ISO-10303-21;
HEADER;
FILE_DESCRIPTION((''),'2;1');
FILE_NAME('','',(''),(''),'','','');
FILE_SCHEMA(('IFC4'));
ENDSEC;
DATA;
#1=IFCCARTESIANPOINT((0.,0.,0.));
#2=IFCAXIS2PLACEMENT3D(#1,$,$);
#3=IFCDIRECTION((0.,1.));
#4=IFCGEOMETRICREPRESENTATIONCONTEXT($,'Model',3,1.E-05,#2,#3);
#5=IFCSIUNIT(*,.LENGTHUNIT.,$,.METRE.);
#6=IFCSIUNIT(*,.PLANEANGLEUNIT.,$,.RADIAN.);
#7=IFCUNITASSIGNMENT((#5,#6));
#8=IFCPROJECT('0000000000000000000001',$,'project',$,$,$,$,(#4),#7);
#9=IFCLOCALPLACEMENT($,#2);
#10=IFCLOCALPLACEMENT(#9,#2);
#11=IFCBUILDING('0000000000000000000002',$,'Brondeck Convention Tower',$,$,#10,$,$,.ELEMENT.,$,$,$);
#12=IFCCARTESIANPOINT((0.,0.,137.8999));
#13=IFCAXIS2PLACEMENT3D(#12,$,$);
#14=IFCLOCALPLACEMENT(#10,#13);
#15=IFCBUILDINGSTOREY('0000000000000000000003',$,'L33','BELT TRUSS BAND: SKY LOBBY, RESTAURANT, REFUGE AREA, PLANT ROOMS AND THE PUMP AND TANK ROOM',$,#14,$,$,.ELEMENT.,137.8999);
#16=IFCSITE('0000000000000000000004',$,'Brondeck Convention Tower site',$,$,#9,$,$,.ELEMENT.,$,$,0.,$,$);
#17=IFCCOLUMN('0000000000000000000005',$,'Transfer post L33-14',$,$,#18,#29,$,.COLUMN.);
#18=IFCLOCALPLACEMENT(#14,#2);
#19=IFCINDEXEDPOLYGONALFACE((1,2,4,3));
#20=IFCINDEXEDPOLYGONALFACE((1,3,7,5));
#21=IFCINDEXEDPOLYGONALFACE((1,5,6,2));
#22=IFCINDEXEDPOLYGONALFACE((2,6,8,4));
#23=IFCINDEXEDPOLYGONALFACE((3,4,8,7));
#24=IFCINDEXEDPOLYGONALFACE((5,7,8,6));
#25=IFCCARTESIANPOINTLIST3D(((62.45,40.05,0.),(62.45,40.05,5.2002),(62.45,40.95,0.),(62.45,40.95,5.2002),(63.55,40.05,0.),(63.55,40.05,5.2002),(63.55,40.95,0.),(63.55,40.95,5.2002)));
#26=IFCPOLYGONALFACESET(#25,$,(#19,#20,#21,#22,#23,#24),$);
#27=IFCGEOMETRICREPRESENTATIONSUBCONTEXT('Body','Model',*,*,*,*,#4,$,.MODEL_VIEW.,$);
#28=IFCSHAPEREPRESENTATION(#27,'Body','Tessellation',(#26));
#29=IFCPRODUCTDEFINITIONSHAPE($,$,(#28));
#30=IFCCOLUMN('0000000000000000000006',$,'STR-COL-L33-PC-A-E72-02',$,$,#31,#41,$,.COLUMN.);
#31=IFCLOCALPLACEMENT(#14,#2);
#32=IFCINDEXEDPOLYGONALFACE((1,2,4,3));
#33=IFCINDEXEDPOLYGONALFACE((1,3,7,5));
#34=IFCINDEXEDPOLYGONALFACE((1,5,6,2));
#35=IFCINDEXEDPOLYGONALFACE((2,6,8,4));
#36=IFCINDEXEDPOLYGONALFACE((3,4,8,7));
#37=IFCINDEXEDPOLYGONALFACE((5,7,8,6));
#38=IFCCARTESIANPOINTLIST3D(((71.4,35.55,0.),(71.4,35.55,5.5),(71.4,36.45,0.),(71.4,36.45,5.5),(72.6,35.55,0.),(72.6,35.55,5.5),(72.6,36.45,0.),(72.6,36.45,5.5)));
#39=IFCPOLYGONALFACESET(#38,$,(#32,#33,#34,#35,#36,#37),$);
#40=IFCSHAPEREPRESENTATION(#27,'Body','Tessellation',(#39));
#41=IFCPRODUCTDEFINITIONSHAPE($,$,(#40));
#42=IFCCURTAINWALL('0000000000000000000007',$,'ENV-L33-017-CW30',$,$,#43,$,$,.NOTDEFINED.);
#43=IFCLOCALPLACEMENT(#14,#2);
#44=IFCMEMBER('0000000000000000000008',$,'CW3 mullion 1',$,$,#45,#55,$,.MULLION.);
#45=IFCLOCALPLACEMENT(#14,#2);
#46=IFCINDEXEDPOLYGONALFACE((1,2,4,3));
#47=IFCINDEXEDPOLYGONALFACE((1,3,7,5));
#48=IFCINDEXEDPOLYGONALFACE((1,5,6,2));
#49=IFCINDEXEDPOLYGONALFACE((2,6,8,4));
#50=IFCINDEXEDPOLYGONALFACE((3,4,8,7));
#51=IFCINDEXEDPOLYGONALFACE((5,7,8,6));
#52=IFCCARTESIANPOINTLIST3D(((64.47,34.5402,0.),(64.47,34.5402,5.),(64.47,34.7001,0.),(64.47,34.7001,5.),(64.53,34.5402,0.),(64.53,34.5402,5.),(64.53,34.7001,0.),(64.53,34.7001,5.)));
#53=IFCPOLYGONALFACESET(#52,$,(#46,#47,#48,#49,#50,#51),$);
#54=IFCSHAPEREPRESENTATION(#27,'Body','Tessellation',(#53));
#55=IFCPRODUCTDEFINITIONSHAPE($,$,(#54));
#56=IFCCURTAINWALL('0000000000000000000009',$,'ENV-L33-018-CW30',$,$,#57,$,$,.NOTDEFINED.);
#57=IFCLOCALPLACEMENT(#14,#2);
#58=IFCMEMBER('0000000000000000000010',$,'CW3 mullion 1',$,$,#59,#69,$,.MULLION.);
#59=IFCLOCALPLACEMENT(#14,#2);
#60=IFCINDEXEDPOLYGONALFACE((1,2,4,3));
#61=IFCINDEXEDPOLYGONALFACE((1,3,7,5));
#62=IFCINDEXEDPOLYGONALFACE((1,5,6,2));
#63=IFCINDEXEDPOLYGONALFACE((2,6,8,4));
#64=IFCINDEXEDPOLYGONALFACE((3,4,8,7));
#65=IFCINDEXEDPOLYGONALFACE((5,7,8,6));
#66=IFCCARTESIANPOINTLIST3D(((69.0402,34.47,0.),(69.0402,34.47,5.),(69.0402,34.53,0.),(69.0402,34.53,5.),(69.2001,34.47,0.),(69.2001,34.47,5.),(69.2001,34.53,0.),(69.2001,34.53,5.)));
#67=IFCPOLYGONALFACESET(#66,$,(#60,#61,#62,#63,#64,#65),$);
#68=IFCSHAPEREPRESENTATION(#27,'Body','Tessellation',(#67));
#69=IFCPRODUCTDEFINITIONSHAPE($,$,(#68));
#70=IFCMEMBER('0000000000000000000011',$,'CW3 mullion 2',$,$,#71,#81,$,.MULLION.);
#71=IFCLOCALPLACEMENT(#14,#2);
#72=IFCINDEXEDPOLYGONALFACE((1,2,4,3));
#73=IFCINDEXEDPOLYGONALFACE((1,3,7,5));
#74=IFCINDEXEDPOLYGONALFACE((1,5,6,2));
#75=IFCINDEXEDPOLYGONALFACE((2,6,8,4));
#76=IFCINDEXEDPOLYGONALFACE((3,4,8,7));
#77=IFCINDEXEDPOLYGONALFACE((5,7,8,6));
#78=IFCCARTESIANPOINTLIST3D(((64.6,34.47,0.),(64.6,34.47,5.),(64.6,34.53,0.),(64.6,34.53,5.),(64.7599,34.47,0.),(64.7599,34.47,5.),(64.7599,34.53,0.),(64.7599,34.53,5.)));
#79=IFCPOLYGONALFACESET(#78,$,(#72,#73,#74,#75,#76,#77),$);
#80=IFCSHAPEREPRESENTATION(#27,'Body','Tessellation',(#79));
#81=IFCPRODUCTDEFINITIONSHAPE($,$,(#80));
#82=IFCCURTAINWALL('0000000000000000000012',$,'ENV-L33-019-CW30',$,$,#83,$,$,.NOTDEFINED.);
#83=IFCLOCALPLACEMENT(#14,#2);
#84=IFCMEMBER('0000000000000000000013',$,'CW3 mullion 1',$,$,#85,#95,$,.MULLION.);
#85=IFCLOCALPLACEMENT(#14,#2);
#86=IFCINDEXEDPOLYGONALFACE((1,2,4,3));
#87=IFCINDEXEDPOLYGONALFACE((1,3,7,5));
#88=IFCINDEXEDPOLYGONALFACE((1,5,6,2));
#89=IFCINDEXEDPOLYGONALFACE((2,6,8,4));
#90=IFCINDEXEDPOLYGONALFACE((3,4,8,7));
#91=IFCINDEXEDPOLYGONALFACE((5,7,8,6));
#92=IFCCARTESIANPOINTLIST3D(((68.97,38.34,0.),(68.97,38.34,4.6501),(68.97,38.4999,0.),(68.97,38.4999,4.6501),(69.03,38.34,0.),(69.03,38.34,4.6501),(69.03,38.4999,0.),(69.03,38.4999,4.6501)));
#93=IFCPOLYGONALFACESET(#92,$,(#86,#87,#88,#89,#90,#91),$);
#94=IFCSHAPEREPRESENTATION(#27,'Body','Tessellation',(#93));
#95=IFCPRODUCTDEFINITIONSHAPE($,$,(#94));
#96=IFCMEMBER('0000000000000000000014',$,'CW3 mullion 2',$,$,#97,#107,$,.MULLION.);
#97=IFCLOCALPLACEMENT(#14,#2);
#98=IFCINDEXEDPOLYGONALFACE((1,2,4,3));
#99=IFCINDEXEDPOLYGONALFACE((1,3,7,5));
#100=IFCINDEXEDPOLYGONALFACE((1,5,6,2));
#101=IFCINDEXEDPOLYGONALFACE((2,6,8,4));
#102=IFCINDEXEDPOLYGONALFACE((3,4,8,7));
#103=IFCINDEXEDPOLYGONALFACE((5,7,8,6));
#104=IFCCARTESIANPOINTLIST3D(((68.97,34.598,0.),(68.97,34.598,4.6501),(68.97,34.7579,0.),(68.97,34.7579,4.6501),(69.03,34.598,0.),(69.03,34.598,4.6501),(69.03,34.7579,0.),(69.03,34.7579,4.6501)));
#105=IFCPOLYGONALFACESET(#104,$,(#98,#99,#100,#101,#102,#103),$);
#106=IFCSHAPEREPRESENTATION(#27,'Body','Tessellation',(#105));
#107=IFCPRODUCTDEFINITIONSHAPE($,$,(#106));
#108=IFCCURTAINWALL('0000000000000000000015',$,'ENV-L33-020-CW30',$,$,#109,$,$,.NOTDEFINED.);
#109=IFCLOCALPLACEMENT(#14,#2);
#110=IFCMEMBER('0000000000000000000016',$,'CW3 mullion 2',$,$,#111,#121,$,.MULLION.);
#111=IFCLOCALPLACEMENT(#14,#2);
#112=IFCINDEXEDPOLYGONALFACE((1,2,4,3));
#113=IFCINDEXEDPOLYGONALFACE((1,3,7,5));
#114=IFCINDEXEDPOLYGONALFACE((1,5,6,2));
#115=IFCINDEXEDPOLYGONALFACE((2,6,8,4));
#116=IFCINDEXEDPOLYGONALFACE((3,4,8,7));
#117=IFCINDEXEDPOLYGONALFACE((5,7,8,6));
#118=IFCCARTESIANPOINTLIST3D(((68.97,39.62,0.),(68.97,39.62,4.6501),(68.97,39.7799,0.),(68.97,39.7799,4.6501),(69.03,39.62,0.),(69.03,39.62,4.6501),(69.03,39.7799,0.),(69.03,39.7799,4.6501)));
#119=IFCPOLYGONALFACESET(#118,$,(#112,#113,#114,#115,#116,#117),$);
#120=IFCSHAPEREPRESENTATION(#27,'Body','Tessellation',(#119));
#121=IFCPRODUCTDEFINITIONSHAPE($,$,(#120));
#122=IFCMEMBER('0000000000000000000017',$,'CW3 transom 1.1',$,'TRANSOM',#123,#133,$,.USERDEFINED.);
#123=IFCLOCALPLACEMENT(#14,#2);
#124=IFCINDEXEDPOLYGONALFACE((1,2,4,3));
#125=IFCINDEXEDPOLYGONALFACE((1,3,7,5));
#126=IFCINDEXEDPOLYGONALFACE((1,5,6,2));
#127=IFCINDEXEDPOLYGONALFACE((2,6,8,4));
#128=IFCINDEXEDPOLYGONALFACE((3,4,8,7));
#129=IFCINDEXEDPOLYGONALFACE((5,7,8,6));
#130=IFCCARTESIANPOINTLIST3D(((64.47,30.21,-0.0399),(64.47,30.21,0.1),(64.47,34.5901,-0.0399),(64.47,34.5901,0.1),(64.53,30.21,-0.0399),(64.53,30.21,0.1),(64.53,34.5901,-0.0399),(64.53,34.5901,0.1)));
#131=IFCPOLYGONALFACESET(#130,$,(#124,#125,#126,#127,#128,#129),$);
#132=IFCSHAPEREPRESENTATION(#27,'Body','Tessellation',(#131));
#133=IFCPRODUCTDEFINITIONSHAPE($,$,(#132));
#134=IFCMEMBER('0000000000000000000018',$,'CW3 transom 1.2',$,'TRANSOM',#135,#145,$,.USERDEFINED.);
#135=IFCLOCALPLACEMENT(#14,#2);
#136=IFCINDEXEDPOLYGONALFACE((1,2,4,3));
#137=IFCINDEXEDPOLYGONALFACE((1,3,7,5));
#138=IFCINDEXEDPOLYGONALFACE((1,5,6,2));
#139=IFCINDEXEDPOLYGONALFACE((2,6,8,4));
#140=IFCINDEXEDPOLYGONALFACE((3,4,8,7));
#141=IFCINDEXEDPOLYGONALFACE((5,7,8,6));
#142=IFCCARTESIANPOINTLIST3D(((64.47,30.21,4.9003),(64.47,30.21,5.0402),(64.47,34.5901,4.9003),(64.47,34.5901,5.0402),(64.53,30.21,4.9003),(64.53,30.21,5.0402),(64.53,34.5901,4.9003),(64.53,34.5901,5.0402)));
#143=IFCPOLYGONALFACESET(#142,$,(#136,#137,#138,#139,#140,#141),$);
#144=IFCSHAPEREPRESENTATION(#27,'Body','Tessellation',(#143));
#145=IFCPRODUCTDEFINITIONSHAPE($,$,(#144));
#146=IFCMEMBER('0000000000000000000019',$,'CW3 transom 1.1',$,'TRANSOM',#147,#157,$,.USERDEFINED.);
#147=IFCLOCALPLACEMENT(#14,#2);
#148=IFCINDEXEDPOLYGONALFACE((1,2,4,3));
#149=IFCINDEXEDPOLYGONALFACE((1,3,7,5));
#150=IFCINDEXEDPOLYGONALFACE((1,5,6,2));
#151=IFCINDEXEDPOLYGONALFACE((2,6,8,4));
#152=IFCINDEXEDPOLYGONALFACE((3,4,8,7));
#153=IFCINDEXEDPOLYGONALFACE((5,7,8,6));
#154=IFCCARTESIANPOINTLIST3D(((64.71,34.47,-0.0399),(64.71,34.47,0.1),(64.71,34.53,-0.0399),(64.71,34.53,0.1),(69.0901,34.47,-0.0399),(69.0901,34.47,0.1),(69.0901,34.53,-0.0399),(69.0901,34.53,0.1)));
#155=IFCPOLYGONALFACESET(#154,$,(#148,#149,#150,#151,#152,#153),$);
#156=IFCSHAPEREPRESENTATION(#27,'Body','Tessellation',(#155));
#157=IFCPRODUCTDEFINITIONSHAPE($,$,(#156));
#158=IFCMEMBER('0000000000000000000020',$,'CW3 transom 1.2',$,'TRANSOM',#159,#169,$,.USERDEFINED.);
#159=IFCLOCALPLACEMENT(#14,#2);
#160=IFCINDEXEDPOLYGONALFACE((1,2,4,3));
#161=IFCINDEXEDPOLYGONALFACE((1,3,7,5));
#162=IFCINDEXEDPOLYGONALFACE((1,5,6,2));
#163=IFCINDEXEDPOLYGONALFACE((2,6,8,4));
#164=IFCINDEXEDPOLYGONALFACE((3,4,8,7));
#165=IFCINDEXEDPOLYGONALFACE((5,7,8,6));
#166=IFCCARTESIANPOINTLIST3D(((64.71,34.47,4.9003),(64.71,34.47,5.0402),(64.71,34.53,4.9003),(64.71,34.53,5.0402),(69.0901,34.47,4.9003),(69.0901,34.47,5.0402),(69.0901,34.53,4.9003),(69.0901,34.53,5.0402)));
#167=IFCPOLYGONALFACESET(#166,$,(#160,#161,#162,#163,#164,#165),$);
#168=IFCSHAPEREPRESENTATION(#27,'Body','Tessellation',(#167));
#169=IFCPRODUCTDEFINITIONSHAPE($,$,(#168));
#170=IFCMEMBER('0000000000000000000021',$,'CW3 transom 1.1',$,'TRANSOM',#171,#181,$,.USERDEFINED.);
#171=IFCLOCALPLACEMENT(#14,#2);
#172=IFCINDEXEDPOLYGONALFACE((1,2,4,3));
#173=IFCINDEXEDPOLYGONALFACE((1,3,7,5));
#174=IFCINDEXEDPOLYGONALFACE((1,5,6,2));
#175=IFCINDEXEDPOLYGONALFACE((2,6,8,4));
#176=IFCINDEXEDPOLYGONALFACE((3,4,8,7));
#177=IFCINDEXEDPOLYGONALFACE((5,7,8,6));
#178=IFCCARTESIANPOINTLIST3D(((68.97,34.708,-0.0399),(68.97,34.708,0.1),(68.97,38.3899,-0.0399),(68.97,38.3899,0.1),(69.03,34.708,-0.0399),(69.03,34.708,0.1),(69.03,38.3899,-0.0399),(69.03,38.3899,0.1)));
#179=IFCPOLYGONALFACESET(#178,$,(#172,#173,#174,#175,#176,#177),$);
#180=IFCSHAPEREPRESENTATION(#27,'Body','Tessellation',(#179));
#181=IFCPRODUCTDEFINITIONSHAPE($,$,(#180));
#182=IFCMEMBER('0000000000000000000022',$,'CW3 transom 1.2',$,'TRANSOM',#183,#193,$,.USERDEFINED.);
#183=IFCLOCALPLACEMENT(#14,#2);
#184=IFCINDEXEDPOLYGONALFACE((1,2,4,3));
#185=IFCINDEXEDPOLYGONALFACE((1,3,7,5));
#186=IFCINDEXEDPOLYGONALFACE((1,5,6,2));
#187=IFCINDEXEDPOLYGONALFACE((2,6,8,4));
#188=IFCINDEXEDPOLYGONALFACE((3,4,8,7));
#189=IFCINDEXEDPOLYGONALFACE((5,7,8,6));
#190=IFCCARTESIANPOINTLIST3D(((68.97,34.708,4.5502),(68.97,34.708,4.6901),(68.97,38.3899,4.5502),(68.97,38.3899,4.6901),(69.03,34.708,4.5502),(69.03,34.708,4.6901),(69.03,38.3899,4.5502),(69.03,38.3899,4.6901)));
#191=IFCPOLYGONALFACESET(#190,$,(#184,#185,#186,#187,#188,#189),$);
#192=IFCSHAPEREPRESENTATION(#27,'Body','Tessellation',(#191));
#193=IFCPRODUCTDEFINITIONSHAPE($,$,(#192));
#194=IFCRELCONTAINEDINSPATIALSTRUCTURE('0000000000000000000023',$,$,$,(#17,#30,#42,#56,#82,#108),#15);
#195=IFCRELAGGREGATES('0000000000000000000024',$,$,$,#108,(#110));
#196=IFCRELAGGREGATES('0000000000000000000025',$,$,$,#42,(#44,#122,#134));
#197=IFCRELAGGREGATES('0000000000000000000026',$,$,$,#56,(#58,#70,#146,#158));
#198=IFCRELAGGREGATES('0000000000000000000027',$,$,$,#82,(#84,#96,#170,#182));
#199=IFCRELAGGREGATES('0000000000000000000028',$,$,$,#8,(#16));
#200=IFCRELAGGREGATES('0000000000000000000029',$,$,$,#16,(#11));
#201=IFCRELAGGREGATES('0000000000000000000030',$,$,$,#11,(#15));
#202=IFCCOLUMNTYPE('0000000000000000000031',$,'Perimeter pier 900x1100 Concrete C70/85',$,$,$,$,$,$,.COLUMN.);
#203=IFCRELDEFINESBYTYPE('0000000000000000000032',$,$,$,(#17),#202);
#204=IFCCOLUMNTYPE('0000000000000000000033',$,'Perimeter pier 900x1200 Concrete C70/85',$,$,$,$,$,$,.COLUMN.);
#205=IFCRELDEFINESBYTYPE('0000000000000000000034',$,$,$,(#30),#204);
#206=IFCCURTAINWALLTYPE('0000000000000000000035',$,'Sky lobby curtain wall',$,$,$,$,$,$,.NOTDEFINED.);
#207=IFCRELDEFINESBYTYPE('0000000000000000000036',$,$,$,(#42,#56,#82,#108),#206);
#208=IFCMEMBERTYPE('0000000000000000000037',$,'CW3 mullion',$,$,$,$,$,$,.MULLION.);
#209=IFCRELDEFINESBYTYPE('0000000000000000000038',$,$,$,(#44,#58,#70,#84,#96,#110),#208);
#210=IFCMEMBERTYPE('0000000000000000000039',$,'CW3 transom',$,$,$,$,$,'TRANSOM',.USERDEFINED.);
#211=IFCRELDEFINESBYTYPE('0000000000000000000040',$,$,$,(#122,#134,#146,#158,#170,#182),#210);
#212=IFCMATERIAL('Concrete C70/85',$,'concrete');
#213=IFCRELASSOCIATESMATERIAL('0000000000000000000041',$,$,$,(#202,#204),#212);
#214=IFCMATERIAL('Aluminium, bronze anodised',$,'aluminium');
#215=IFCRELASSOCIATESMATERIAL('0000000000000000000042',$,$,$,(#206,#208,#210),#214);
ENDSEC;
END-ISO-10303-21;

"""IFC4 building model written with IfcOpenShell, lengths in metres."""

from ifc_helpers import new_model, si_unit, direction, frame, origin, origin_2d, place, context, subcontext, project, spatial, rectangle, extrude, material, material_profile, profile_set, type_object, element, aggregate, save


model = new_model("IFC4")

# Units and contexts
model_context = context("Model", 3, precision=1e-05, world=origin(), true_north=direction((0.0, 1.0)))
body_context = subcontext(model_context, "Body", "Model", "MODEL_VIEW")
ifc_project = project(units=[si_unit("LENGTHUNIT", "METRE"), si_unit("PLANEANGLEUNIT", "RADIAN")], contexts=[model_context])

# Site, building, storey
site_placement = place(None, origin())
site = spatial("IfcSite", under=ifc_project, at=site_placement, Name="Brondeck Convention Tower site", CompositionType="ELEMENT", RefElevation=0.0)
building_placement = place(site_placement, origin())
building = spatial("IfcBuilding", under=site, at=building_placement, Name="Brondeck Convention Tower", CompositionType="ELEMENT")
storey_placement = place(building_placement, frame((0.0, 0.0, 137.8999)))
storey = spatial("IfcBuildingStorey", under=building, at=storey_placement, Name="L33", Description="BELT TRUSS BAND: SKY LOBBY, RESTAURANT, REFUGE AREA, PLANT ROOMS AND THE PUMP AND TANK ROOM", CompositionType="ELEMENT", Elevation=137.8999)

# Columns
ifc_material_1 = material(Name="Concrete C70/85", Category="concrete")
ifc_material_profile_1 = material_profile(ifc_material_1, rectangle(XDim=0.8999, YDim=1.1001, at=origin_2d()), Name="Perimeter pier 900x1100 Concrete C70/85")
ifc_profile_set_1 = profile_set([ifc_material_profile_1], Name="Concrete C70/85")
column_type_1 = type_object("IfcColumnType", Name="Perimeter pier 900x1100 Concrete C70/85", PredefinedType="COLUMN", material=ifc_profile_set_1)
column_1_placement = place(storey_placement, frame((63.0, 40.5, 0.0), z_axis=(0.0, 0.0, 1.0), x_axis=(0.0, 1.0, 0.0)))
element("IfcColumn", 1, at=column_1_placement, inside=storey, type_object=column_type_1, Name="Transfer post L33-14", PredefinedType="COLUMN", context=body_context, shape_type="SweptSolid", body=[
    extrude(rectangle(XDim=0.8999, YDim=1.1001, at=origin_2d()), origin(), (0.0, 0.0, 1.0), 5.2002),
])
ifc_material_profile_2 = material_profile(ifc_material_1, rectangle(XDim=0.8999, YDim=1.2, at=origin_2d()), Name="Perimeter pier 900x1200 Concrete C70/85")
ifc_profile_set_2 = profile_set([ifc_material_profile_2], Name="Concrete C70/85")
column_type_2 = type_object("IfcColumnType", Name="Perimeter pier 900x1200 Concrete C70/85", PredefinedType="COLUMN", material=ifc_profile_set_2)
column_2_placement = place(storey_placement, frame((72.0, 36.0, 0.0), z_axis=(0.0, 0.0, 1.0), x_axis=(0.0, 1.0, 0.0)))
element("IfcColumn", 2, at=column_2_placement, inside=storey, type_object=column_type_2, Name="STR-COL-L33-PC-A-E72-02", PredefinedType="COLUMN", context=body_context, shape_type="SweptSolid", body=[
    extrude(rectangle(XDim=0.8999, YDim=1.2, at=origin_2d()), origin(), (0.0, 0.0, 1.0), 5.5),
])

# Curtain wall, member
ifc_material_2 = material(Name="Aluminium, bronze anodised", Category="aluminium")
curtain_wall_type = type_object("IfcCurtainWallType", Name="Sky lobby curtain wall", PredefinedType="NOTDEFINED", material=ifc_material_2)
curtain_wall_1_placement = place(storey_placement, origin())
curtain_wall_1 = element("IfcCurtainWall", 3, at=curtain_wall_1_placement, inside=storey, type_object=curtain_wall_type, Name="ENV-L33-017-CW30", PredefinedType="NOTDEFINED")
ifc_material_profile_3 = material_profile(ifc_material_2, rectangle(XDim=0.0601, YDim=0.1599, at=origin_2d()), Name="CW3 mullion")
ifc_profile_set_3 = profile_set([ifc_material_profile_3], Name="Aluminium, bronze anodised")
member_type_1 = type_object("IfcMemberType", Name="CW3 mullion", PredefinedType="MULLION", material=ifc_profile_set_3)
member_1_placement = place(storey_placement, frame((64.5, 34.6201, 0.0), z_axis=(0.0, 0.0, 1.0), x_axis=(1.0, 0.0, 0.0)))
member_1 = element("IfcMember", 4, at=member_1_placement, type_object=member_type_1, Name="CW3 mullion 1", PredefinedType="MULLION", context=body_context, shape_type="SweptSolid", body=[
    extrude(rectangle(XDim=0.0601, YDim=0.1599, at=origin_2d()), origin(), (0.0, 0.0, 1.0), 5.0),
])

# Curtain walls, members
curtain_wall_2_placement = place(storey_placement, origin())
curtain_wall_2 = element("IfcCurtainWall", 5, at=curtain_wall_2_placement, inside=storey, type_object=curtain_wall_type, Name="ENV-L33-018-CW30", PredefinedType="NOTDEFINED")
member_2_placement = place(storey_placement, frame((69.1201, 34.5, 0.0), z_axis=(0.0, 0.0, 1.0), x_axis=(0.0, -1.0, 0.0)))
member_2 = element("IfcMember", 6, at=member_2_placement, type_object=member_type_1, Name="CW3 mullion 1", PredefinedType="MULLION", context=body_context, shape_type="SweptSolid", body=[
    extrude(rectangle(XDim=0.0601, YDim=0.1599, at=origin_2d()), origin(), (0.0, 0.0, 1.0), 5.0),
])
member_3_placement = place(storey_placement, frame((64.6799, 34.5, 0.0), z_axis=(0.0, 0.0, 1.0), x_axis=(0.0, -1.0, 0.0)))
member_3 = element("IfcMember", 7, at=member_3_placement, type_object=member_type_1, Name="CW3 mullion 2", PredefinedType="MULLION", context=body_context, shape_type="SweptSolid", body=[
    extrude(rectangle(XDim=0.0601, YDim=0.1599, at=origin_2d()), origin(), (0.0, 0.0, 1.0), 5.0),
])
curtain_wall_3_placement = place(storey_placement, origin())
curtain_wall_3 = element("IfcCurtainWall", 8, at=curtain_wall_3_placement, inside=storey, type_object=curtain_wall_type, Name="ENV-L33-019-CW30", PredefinedType="NOTDEFINED")
member_4_placement = place(storey_placement, frame((69.0, 38.4199, 0.0), z_axis=(0.0, 0.0, 1.0), x_axis=(1.0, 0.0, 0.0)))
member_4 = element("IfcMember", 9, at=member_4_placement, type_object=member_type_1, Name="CW3 mullion 1", PredefinedType="MULLION", context=body_context, shape_type="SweptSolid", body=[
    extrude(rectangle(XDim=0.0601, YDim=0.1599, at=origin_2d()), origin(), (0.0, 0.0, 1.0), 4.6501),
])
member_5_placement = place(storey_placement, frame((69.0, 34.678, 0.0), z_axis=(0.0, 0.0, 1.0), x_axis=(1.0, 0.0, 0.0)))
member_5 = element("IfcMember", 10, at=member_5_placement, type_object=member_type_1, Name="CW3 mullion 2", PredefinedType="MULLION", context=body_context, shape_type="SweptSolid", body=[
    extrude(rectangle(XDim=0.0601, YDim=0.1599, at=origin_2d()), origin(), (0.0, 0.0, 1.0), 4.6501),
])

# Curtain wall, member
curtain_wall_4_placement = place(storey_placement, origin())
curtain_wall_4 = element("IfcCurtainWall", 11, at=curtain_wall_4_placement, inside=storey, type_object=curtain_wall_type, Name="ENV-L33-020-CW30", PredefinedType="NOTDEFINED")
member_6_placement = place(storey_placement, frame((69.0, 39.7, 0.0), z_axis=(0.0, 0.0, 1.0), x_axis=(1.0, 0.0, 0.0)))
member_6 = element("IfcMember", 12, at=member_6_placement, type_object=member_type_1, Name="CW3 mullion 2", PredefinedType="MULLION", context=body_context, shape_type="SweptSolid", body=[
    extrude(rectangle(XDim=0.0601, YDim=0.1599, at=origin_2d()), origin(), (0.0, 0.0, 1.0), 4.6501),
])
aggregate(curtain_wall_4, [member_6])

# Members
ifc_material_profile_4 = material_profile(ifc_material_2, rectangle(XDim=0.0601, YDim=0.1399, at=origin_2d()), Name="CW3 transom")
ifc_profile_set_4 = profile_set([ifc_material_profile_4], Name="Aluminium, bronze anodised")
member_type_2 = type_object("IfcMemberType", Name="CW3 transom", ElementType="TRANSOM", PredefinedType="USERDEFINED", material=ifc_profile_set_4)
member_7_placement = place(storey_placement, frame((64.5, 34.5901, 0.03), z_axis=(0.0, -1.0, 0.0), x_axis=(1.0, 0.0, 0.0)))
member_7 = element("IfcMember", 13, at=member_7_placement, type_object=member_type_2, Name="CW3 transom 1.1", ObjectType="TRANSOM", PredefinedType="USERDEFINED", context=body_context, shape_type="SweptSolid", body=[
    extrude(rectangle(XDim=0.0601, YDim=0.1399, at=origin_2d()), origin(), (0.0, 0.0, 1.0), 4.3801),
])
member_8_placement = place(storey_placement, frame((64.5, 34.5901, 4.9702), z_axis=(0.0, -1.0, 0.0), x_axis=(1.0, 0.0, 0.0)))
member_8 = element("IfcMember", 14, at=member_8_placement, type_object=member_type_2, Name="CW3 transom 1.2", ObjectType="TRANSOM", PredefinedType="USERDEFINED", context=body_context, shape_type="SweptSolid", body=[
    extrude(rectangle(XDim=0.0601, YDim=0.1399, at=origin_2d()), origin(), (0.0, 0.0, 1.0), 4.3801),
])
aggregate(curtain_wall_1, [member_1, member_7, member_8])
member_9_placement = place(storey_placement, frame((69.0901, 34.5, 0.03), z_axis=(-1.0, 0.0, 0.0), x_axis=(0.0, -1.0, 0.0)))
member_9 = element("IfcMember", 15, at=member_9_placement, type_object=member_type_2, Name="CW3 transom 1.1", ObjectType="TRANSOM", PredefinedType="USERDEFINED", context=body_context, shape_type="SweptSolid", body=[
    extrude(rectangle(XDim=0.0601, YDim=0.1399, at=origin_2d()), origin(), (0.0, 0.0, 1.0), 4.3801),
])
member_10_placement = place(storey_placement, frame((69.0901, 34.5, 4.9702), z_axis=(-1.0, 0.0, 0.0), x_axis=(0.0, -1.0, 0.0)))
member_10 = element("IfcMember", 16, at=member_10_placement, type_object=member_type_2, Name="CW3 transom 1.2", ObjectType="TRANSOM", PredefinedType="USERDEFINED", context=body_context, shape_type="SweptSolid", body=[
    extrude(rectangle(XDim=0.0601, YDim=0.1399, at=origin_2d()), origin(), (0.0, 0.0, 1.0), 4.3801),
])
member_11_placement = place(storey_placement, frame((69.0, 38.3899, 0.03), z_axis=(0.0, -1.0, 0.0), x_axis=(1.0, 0.0, 0.0)))
member_11 = element("IfcMember", 17, at=member_11_placement, type_object=member_type_2, Name="CW3 transom 1.1", ObjectType="TRANSOM", PredefinedType="USERDEFINED", context=body_context, shape_type="SweptSolid", body=[
    extrude(rectangle(XDim=0.0601, YDim=0.1399, at=origin_2d()), origin(), (0.0, 0.0, 1.0), 3.6819),
])
member_12_placement = place(storey_placement, frame((69.0, 38.3899, 4.6201), z_axis=(0.0, -1.0, 0.0), x_axis=(1.0, 0.0, 0.0)))
member_12 = element("IfcMember", 18, at=member_12_placement, type_object=member_type_2, Name="CW3 transom 1.2", ObjectType="TRANSOM", PredefinedType="USERDEFINED", context=body_context, shape_type="SweptSolid", body=[
    extrude(rectangle(XDim=0.0601, YDim=0.1399, at=origin_2d()), origin(), (0.0, 0.0, 1.0), 3.6819),
])

aggregate(curtain_wall_2, [member_2, member_3, member_9, member_10])
aggregate(curtain_wall_3, [member_4, member_5, member_11, member_12])

save(model, "model.ifc")
